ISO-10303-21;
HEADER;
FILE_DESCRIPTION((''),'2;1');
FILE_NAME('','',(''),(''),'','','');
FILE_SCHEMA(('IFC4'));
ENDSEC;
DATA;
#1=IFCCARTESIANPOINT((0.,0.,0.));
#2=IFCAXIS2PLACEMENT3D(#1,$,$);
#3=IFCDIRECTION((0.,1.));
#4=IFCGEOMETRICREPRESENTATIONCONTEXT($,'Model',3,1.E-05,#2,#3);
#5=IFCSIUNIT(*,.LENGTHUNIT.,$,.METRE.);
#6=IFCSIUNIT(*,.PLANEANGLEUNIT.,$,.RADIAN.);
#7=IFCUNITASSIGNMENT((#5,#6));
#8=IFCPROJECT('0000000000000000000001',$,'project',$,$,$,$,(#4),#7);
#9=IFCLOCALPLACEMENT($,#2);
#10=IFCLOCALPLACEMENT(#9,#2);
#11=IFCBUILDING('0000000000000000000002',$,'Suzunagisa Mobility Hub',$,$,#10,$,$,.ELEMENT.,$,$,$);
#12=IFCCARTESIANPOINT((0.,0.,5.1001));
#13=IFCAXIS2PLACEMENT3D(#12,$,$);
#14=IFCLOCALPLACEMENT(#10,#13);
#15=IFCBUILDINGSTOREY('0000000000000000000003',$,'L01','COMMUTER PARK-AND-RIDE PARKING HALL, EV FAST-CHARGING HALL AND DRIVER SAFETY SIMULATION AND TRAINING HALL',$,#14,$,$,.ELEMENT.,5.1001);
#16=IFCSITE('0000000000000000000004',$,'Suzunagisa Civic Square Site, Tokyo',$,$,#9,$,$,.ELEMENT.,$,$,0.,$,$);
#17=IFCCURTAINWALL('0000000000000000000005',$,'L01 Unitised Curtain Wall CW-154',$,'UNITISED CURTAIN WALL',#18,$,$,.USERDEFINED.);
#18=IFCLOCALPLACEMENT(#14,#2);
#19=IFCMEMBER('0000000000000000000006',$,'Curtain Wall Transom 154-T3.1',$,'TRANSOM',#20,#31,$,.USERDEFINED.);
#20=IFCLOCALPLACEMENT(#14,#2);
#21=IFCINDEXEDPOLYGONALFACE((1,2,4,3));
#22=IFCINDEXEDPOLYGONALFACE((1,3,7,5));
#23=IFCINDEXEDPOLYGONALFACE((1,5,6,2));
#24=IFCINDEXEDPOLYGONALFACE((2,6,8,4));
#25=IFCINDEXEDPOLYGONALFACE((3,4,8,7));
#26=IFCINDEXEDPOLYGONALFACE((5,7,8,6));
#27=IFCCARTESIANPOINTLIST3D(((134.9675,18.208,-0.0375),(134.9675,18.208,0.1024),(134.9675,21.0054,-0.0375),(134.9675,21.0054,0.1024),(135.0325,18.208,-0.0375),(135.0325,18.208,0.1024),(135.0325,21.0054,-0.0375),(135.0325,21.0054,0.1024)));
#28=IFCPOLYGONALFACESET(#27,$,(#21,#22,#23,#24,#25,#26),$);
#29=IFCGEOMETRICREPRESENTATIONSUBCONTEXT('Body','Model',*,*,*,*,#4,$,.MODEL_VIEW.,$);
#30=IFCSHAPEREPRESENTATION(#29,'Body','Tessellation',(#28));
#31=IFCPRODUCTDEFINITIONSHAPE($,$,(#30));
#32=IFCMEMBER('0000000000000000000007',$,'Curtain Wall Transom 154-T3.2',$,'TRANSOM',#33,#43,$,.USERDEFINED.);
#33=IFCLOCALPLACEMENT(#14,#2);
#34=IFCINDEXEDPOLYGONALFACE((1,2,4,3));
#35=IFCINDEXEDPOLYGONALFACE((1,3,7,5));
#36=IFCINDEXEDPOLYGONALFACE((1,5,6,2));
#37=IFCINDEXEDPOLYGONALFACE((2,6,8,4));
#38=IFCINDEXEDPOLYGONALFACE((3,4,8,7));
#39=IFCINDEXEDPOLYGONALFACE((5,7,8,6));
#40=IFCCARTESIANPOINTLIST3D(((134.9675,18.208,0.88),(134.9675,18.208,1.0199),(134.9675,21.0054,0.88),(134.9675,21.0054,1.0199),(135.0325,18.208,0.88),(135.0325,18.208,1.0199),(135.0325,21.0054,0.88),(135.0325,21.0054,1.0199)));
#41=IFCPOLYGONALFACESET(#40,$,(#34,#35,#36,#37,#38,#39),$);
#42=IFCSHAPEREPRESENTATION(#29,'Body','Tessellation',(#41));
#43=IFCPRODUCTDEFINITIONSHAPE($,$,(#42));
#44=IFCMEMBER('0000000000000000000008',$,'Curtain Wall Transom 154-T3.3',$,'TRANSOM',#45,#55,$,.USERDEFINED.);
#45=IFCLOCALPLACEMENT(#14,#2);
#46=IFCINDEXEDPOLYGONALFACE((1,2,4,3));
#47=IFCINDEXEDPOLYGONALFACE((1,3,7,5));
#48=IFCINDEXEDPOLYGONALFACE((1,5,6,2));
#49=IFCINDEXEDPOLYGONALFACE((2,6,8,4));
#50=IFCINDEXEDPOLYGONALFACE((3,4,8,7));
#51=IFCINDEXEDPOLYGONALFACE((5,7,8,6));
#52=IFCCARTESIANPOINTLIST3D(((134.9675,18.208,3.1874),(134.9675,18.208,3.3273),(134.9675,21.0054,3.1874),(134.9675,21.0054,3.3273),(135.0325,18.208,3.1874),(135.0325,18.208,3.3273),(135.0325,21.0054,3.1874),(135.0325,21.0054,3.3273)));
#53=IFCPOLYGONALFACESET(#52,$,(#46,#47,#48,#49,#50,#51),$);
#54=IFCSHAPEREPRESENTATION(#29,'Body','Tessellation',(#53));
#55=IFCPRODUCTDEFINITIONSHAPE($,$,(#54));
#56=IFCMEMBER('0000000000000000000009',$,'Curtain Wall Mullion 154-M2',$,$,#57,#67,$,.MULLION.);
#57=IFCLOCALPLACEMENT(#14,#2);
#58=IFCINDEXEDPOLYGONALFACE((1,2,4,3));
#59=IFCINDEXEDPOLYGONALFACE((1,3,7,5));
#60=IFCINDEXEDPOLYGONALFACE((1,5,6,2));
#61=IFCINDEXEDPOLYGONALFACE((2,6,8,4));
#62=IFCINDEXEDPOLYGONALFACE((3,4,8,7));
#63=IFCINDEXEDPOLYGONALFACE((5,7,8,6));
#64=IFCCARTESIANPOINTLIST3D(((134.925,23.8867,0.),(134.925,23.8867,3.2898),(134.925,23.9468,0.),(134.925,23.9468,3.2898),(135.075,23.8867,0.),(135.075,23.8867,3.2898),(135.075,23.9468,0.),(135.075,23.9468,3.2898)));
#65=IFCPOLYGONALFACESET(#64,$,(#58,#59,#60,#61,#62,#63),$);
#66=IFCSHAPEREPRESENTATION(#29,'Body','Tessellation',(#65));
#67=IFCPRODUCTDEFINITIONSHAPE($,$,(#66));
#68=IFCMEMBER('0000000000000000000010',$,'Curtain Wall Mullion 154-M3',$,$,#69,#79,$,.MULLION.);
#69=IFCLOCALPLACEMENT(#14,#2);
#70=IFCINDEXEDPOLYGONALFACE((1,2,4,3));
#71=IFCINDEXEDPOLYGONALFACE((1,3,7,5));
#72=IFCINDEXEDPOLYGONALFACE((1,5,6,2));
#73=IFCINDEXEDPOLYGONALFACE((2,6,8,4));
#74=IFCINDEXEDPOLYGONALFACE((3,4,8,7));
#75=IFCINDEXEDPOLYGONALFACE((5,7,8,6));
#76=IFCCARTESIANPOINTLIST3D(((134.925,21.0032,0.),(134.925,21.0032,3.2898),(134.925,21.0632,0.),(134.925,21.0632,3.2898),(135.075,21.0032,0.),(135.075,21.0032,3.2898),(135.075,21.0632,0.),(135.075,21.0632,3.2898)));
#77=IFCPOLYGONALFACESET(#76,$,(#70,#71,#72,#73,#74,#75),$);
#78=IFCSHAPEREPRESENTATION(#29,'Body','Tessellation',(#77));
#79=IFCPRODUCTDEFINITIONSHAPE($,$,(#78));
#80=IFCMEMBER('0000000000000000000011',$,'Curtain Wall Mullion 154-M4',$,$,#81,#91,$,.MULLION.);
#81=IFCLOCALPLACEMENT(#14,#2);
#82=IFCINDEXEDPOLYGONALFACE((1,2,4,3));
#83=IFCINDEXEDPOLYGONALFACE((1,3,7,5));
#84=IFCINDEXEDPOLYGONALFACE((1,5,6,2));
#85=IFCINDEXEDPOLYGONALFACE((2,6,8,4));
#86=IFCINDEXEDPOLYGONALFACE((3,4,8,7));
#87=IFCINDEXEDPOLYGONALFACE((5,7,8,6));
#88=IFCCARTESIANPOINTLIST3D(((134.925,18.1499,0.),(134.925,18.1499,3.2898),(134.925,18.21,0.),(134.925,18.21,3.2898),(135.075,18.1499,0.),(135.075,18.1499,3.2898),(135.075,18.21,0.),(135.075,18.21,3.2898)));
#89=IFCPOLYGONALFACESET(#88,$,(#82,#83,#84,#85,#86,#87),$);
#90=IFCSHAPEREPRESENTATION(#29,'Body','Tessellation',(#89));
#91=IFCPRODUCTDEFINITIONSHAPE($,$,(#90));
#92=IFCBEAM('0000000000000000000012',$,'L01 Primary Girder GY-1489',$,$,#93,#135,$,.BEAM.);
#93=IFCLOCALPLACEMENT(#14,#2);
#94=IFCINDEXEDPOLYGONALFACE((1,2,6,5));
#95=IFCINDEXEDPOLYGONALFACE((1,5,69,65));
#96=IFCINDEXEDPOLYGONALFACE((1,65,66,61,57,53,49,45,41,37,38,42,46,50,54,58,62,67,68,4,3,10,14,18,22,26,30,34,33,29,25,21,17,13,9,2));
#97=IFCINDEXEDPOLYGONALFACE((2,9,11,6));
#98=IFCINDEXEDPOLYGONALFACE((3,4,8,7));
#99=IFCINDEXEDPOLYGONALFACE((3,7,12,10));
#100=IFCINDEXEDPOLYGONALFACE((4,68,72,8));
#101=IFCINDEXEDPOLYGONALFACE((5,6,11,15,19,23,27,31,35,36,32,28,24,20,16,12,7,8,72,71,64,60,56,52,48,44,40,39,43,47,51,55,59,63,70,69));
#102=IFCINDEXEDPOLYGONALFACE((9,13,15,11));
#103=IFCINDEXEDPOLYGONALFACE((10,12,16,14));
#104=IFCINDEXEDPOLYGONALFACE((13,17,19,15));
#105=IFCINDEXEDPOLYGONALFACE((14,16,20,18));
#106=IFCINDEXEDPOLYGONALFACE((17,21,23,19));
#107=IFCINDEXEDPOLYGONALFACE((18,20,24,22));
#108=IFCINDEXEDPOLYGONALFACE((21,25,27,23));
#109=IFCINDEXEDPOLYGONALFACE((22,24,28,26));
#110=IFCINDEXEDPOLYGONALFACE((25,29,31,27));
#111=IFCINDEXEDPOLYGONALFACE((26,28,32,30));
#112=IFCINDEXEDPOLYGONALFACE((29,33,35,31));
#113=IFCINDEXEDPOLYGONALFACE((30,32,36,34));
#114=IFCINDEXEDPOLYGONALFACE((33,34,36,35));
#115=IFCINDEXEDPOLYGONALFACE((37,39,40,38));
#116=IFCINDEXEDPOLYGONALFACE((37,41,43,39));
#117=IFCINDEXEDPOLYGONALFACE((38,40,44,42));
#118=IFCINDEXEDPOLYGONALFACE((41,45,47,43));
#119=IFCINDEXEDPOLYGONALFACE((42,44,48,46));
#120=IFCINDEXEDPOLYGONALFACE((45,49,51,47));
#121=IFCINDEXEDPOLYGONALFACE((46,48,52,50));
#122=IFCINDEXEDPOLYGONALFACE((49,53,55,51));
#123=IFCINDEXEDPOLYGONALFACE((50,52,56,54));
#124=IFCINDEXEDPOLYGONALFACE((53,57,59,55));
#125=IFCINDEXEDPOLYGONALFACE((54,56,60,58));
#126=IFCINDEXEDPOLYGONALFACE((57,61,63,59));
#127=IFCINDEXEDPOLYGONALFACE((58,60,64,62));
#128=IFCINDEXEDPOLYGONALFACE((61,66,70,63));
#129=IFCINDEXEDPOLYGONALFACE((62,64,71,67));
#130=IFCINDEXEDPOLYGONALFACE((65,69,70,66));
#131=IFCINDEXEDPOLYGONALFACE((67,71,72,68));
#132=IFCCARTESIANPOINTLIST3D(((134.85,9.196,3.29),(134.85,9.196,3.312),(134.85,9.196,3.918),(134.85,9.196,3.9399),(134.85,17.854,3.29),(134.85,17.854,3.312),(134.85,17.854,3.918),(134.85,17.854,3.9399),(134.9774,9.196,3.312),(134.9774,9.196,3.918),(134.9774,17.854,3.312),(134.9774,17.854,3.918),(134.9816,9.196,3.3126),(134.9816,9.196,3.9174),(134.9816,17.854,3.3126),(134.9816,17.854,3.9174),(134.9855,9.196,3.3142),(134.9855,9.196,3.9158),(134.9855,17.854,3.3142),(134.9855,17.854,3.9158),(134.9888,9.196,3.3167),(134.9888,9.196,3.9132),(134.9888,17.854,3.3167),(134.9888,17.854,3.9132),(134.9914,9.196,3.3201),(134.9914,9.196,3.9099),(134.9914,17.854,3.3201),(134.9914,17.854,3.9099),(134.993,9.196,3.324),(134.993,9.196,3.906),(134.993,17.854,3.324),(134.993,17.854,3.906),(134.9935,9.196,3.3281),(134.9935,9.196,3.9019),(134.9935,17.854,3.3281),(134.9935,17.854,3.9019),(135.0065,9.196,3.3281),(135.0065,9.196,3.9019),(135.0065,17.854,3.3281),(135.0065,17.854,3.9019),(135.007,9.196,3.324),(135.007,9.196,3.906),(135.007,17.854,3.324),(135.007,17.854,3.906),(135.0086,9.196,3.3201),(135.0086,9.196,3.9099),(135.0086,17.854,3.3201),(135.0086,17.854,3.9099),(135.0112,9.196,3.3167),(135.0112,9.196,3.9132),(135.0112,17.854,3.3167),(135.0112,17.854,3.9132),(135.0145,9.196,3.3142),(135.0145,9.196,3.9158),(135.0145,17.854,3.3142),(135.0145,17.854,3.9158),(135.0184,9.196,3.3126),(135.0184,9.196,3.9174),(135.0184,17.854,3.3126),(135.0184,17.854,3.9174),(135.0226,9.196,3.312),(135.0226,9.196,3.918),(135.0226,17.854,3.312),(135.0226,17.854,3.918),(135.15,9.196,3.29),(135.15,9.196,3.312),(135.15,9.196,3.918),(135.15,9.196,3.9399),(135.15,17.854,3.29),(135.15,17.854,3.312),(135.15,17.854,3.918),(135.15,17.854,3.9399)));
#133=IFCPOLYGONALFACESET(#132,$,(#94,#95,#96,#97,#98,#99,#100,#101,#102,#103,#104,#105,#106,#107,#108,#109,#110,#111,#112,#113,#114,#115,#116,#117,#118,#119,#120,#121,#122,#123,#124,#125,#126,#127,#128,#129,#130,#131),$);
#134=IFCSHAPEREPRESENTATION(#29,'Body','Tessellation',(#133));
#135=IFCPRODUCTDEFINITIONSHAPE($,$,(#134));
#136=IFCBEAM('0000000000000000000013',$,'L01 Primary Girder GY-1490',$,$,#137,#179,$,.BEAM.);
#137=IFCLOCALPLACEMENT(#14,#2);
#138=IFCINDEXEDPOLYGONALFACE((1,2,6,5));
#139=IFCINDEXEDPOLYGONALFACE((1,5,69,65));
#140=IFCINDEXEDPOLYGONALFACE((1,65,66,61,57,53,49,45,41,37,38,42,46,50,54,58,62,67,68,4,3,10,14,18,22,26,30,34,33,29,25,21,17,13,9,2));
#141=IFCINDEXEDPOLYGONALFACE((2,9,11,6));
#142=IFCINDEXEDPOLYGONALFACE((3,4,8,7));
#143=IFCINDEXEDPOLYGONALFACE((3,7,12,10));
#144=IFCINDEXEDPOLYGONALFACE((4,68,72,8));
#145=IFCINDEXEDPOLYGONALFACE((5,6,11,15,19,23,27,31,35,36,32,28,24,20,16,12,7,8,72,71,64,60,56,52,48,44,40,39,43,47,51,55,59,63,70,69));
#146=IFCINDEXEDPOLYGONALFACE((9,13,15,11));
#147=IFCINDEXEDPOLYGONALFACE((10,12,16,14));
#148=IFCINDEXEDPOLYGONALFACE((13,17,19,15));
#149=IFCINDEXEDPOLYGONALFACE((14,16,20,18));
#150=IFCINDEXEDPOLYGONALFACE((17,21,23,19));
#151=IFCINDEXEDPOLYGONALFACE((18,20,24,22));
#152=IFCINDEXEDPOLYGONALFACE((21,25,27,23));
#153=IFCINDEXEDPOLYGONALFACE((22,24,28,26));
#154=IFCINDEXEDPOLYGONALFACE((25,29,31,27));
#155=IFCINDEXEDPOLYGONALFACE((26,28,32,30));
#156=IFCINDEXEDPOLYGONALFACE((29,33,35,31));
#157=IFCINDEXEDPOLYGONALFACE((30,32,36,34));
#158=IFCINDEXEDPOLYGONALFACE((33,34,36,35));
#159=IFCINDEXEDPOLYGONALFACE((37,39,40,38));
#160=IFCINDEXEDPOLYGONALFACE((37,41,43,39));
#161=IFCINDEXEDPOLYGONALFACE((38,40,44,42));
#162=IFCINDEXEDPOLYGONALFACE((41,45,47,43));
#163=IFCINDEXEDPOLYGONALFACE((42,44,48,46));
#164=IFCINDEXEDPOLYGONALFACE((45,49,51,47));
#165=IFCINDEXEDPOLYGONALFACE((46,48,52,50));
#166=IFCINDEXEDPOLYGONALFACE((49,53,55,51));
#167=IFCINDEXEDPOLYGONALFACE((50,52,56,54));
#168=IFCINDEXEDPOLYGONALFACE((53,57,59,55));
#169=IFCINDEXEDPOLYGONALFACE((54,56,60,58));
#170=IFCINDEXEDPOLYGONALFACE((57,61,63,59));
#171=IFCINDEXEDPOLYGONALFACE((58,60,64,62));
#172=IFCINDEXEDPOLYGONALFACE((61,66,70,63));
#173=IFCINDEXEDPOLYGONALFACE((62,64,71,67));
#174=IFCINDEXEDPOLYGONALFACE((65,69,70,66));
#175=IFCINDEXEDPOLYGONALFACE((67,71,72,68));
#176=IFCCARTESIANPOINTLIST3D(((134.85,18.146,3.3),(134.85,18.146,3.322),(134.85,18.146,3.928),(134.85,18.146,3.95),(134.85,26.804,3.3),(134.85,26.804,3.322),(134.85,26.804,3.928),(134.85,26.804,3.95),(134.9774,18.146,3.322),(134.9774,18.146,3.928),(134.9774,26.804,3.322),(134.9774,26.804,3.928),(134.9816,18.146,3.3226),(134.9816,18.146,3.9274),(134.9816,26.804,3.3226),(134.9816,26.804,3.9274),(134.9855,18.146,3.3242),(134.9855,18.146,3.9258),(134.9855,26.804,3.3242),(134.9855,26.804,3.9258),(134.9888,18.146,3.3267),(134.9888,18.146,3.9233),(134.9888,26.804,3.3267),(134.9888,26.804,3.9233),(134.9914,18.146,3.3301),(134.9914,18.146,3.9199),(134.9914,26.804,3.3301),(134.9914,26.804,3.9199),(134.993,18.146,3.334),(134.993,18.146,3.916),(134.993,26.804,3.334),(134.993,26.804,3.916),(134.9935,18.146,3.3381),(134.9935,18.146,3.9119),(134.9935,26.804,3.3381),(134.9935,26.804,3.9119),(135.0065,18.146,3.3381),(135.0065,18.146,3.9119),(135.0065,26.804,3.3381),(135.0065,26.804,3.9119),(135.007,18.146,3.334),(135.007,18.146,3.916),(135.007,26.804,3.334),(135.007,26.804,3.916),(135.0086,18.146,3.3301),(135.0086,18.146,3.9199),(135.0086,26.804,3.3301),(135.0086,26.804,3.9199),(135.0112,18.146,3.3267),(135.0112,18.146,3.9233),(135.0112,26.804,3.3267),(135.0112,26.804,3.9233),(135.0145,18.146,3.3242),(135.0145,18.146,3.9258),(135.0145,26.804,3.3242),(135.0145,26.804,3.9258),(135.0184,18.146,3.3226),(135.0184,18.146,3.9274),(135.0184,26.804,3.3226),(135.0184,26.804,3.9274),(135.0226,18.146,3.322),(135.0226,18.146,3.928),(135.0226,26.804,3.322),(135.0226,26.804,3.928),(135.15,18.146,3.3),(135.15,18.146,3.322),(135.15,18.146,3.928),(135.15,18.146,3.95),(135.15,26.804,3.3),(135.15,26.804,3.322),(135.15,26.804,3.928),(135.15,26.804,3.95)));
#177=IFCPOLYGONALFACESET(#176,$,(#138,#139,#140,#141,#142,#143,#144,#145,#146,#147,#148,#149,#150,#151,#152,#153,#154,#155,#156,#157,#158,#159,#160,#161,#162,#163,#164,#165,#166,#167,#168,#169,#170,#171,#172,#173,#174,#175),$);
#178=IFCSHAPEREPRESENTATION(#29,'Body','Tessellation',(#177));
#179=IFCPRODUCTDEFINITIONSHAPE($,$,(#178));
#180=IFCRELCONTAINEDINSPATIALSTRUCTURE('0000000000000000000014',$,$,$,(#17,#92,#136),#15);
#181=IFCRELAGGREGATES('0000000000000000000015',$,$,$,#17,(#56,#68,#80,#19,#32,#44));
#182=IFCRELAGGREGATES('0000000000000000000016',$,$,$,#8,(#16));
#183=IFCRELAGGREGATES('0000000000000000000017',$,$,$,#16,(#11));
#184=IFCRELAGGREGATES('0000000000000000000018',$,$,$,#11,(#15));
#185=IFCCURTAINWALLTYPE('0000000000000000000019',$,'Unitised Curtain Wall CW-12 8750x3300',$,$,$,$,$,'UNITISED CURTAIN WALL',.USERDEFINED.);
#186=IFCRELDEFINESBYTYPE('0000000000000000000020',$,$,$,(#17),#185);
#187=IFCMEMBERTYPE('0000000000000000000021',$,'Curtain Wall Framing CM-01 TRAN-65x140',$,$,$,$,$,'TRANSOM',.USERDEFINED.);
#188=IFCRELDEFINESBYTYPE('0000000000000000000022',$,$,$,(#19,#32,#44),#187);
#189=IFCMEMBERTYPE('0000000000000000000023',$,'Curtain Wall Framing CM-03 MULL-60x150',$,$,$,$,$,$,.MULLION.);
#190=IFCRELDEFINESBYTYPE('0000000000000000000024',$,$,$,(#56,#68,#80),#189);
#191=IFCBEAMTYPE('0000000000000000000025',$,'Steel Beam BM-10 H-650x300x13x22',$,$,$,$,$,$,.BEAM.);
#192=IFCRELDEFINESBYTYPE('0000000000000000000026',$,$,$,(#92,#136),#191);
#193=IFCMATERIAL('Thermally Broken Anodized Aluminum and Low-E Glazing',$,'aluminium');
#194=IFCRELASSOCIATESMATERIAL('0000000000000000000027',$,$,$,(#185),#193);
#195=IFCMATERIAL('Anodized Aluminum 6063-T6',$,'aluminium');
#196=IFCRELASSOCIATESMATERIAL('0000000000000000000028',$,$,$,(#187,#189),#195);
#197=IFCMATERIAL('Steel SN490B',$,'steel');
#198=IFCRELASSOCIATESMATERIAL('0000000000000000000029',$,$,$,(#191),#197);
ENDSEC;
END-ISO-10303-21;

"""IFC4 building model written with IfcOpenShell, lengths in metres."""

from ifc_helpers import new_model, si_unit, direction, frame, origin, origin_2d, place, context, subcontext, project, spatial, rectangle, i_section, extrude, material, material_profile, profile_set, type_object, element, aggregate, save


model = new_model("IFC4")

# Units and contexts
model_context = context("Model", 3, precision=1e-05, world=origin(), true_north=direction((0.0, 1.0)))
body_context = subcontext(model_context, "Body", "Model", "MODEL_VIEW")
ifc_project = project(units=[si_unit("LENGTHUNIT", "METRE"), si_unit("PLANEANGLEUNIT", "RADIAN")], contexts=[model_context])

# Site, building, storey
site_placement = place(None, origin())
site = spatial("IfcSite", under=ifc_project, at=site_placement, Name="Suzunagisa Civic Square Site, Tokyo", CompositionType="ELEMENT", RefElevation=0.0)
building_placement = place(site_placement, origin())
building = spatial("IfcBuilding", under=site, at=building_placement, Name="Suzunagisa Mobility Hub", CompositionType="ELEMENT")
storey_placement = place(building_placement, frame((0.0, 0.0, 5.1001)))
storey = spatial("IfcBuildingStorey", under=building, at=storey_placement, Name="L01", Description="COMMUTER PARK-AND-RIDE PARKING HALL, EV FAST-CHARGING HALL AND DRIVER SAFETY SIMULATION AND TRAINING HALL", CompositionType="ELEMENT", Elevation=5.1001)

# Shared definitions
ifc_material_1 = material(Name="Steel SN490B", Category="steel")

# Curtain wall, members
ifc_material_2 = material(Name="Thermally Broken Anodized Aluminum and Low-E Glazing", Category="aluminium")
curtain_wall_type = type_object("IfcCurtainWallType", Name="Unitised Curtain Wall CW-12 8750x3300", ElementType="UNITISED CURTAIN WALL", PredefinedType="USERDEFINED", material=ifc_material_2)
curtain_wall_placement = place(storey_placement, origin())
curtain_wall = element("IfcCurtainWall", 1, at=curtain_wall_placement, inside=storey, type_object=curtain_wall_type, Name="L01 Unitised Curtain Wall CW-154", ObjectType="UNITISED CURTAIN WALL", PredefinedType="USERDEFINED")
ifc_material_3 = material(Name="Anodized Aluminum 6063-T6", Category="aluminium")
ifc_material_profile_1 = material_profile(ifc_material_3, rectangle(XDim=0.0649, YDim=0.1399, at=origin_2d()), Name="TRAN-65x140")
ifc_profile_set_1 = profile_set([ifc_material_profile_1], Name="Anodized Aluminum 6063-T6")
member_type_1 = type_object("IfcMemberType", Name="Curtain Wall Framing CM-01 TRAN-65x140", ElementType="TRANSOM", PredefinedType="USERDEFINED", material=ifc_profile_set_1)
member_1_placement = place(storey_placement, frame((135.0, 21.0054, 0.0325), z_axis=(0.0, -1.0, 0.0), x_axis=(1.0, 0.0, 0.0)))
member_1 = element("IfcMember", 2, at=member_1_placement, type_object=member_type_1, Name="Curtain Wall Transom 154-T3.1", ObjectType="TRANSOM", PredefinedType="USERDEFINED", context=body_context, shape_type="SweptSolid", body=[
    extrude(rectangle(XDim=0.0649, YDim=0.1399, at=origin_2d()), origin(), (0.0, 0.0, 1.0), 2.7974),
])
member_2_placement = place(storey_placement, frame((135.0, 21.0054, 0.95), z_axis=(0.0, -1.0, 0.0), x_axis=(1.0, 0.0, 0.0)))
member_2 = element("IfcMember", 3, at=member_2_placement, type_object=member_type_1, Name="Curtain Wall Transom 154-T3.2", ObjectType="TRANSOM", PredefinedType="USERDEFINED", context=body_context, shape_type="SweptSolid", body=[
    extrude(rectangle(XDim=0.0649, YDim=0.1399, at=origin_2d()), origin(), (0.0, 0.0, 1.0), 2.7974),
])
member_3_placement = place(storey_placement, frame((135.0, 21.0054, 3.2573), z_axis=(0.0, -1.0, 0.0), x_axis=(1.0, 0.0, 0.0)))
member_3 = element("IfcMember", 4, at=member_3_placement, type_object=member_type_1, Name="Curtain Wall Transom 154-T3.3", ObjectType="TRANSOM", PredefinedType="USERDEFINED", context=body_context, shape_type="SweptSolid", body=[
    extrude(rectangle(XDim=0.0649, YDim=0.1399, at=origin_2d()), origin(), (0.0, 0.0, 1.0), 2.7974),
])
ifc_material_profile_2 = material_profile(ifc_material_3, rectangle(XDim=0.0601, YDim=0.1499, at=origin_2d()), Name="MULL-60x150")
ifc_profile_set_2 = profile_set([ifc_material_profile_2], Name="Anodized Aluminum 6063-T6")
member_type_2 = type_object("IfcMemberType", Name="Curtain Wall Framing CM-03 MULL-60x150", PredefinedType="MULLION", material=ifc_profile_set_2)
member_4_placement = place(storey_placement, frame((135.0, 23.9167, 0.0), z_axis=(0.0, 0.0, 1.0), x_axis=(0.0, -1.0, 0.0)))
member_4 = element("IfcMember", 5, at=member_4_placement, type_object=member_type_2, Name="Curtain Wall Mullion 154-M2", PredefinedType="MULLION", context=body_context, shape_type="SweptSolid", body=[
    extrude(rectangle(XDim=0.0601, YDim=0.1499, at=origin_2d()), origin(), (0.0, 0.0, 1.0), 3.2898),
])
member_5_placement = place(storey_placement, frame((135.0, 21.0332, 0.0), z_axis=(0.0, 0.0, 1.0), x_axis=(0.0, -1.0, 0.0)))
member_5 = element("IfcMember", 6, at=member_5_placement, type_object=member_type_2, Name="Curtain Wall Mullion 154-M3", PredefinedType="MULLION", context=body_context, shape_type="SweptSolid", body=[
    extrude(rectangle(XDim=0.0601, YDim=0.1499, at=origin_2d()), origin(), (0.0, 0.0, 1.0), 3.2898),
])
member_6_placement = place(storey_placement, frame((135.0, 18.1799, 0.0), z_axis=(0.0, 0.0, 1.0), x_axis=(0.0, -1.0, 0.0)))
member_6 = element("IfcMember", 7, at=member_6_placement, type_object=member_type_2, Name="Curtain Wall Mullion 154-M4", PredefinedType="MULLION", context=body_context, shape_type="SweptSolid", body=[
    extrude(rectangle(XDim=0.0601, YDim=0.1499, at=origin_2d()), origin(), (0.0, 0.0, 1.0), 3.2898),
])

# Beams
ifc_material_profile_3 = material_profile(ifc_material_1, i_section(OverallWidth=0.3, OverallDepth=0.6499, WebThickness=0.0129, FlangeThickness=0.022, FilletRadius=0.0161, at=origin_2d()), Name="H-650x300x13x22")
ifc_profile_set_3 = profile_set([ifc_material_profile_3], Name="Steel SN490B")
beam_type_1 = type_object("IfcBeamType", Name="Steel Beam BM-10 H-650x300x13x22", PredefinedType="BEAM", material=ifc_profile_set_3)
for number, where, z_axis, x_axis, name in (
    (8, (135.0, 9.196, 3.615), (0.0, 1.0, 0.0), (-1.0, 0.0, 0.0), "L01 Primary Girder GY-1489"),
    (9, (135.0, 18.146, 3.625), (0.0, 1.0, 0.0), (-1.0, 0.0, 0.0), "L01 Primary Girder GY-1490"),
):
    element("IfcBeam", number, at=place(storey_placement, frame(where, z_axis=z_axis, x_axis=x_axis)), inside=storey, type_object=beam_type_1, Name=name, PredefinedType="BEAM", context=body_context, shape_type="SweptSolid", body=[
        extrude(i_section(OverallWidth=0.3, OverallDepth=0.6499, WebThickness=0.0129, FlangeThickness=0.022, FilletRadius=0.0161, at=origin_2d()), origin(), (0.0, 0.0, 1.0), 8.658),
    ])

aggregate(curtain_wall, [member_4, member_5, member_6, member_1, member_2, member_3])

save(model, "model.ifc")
